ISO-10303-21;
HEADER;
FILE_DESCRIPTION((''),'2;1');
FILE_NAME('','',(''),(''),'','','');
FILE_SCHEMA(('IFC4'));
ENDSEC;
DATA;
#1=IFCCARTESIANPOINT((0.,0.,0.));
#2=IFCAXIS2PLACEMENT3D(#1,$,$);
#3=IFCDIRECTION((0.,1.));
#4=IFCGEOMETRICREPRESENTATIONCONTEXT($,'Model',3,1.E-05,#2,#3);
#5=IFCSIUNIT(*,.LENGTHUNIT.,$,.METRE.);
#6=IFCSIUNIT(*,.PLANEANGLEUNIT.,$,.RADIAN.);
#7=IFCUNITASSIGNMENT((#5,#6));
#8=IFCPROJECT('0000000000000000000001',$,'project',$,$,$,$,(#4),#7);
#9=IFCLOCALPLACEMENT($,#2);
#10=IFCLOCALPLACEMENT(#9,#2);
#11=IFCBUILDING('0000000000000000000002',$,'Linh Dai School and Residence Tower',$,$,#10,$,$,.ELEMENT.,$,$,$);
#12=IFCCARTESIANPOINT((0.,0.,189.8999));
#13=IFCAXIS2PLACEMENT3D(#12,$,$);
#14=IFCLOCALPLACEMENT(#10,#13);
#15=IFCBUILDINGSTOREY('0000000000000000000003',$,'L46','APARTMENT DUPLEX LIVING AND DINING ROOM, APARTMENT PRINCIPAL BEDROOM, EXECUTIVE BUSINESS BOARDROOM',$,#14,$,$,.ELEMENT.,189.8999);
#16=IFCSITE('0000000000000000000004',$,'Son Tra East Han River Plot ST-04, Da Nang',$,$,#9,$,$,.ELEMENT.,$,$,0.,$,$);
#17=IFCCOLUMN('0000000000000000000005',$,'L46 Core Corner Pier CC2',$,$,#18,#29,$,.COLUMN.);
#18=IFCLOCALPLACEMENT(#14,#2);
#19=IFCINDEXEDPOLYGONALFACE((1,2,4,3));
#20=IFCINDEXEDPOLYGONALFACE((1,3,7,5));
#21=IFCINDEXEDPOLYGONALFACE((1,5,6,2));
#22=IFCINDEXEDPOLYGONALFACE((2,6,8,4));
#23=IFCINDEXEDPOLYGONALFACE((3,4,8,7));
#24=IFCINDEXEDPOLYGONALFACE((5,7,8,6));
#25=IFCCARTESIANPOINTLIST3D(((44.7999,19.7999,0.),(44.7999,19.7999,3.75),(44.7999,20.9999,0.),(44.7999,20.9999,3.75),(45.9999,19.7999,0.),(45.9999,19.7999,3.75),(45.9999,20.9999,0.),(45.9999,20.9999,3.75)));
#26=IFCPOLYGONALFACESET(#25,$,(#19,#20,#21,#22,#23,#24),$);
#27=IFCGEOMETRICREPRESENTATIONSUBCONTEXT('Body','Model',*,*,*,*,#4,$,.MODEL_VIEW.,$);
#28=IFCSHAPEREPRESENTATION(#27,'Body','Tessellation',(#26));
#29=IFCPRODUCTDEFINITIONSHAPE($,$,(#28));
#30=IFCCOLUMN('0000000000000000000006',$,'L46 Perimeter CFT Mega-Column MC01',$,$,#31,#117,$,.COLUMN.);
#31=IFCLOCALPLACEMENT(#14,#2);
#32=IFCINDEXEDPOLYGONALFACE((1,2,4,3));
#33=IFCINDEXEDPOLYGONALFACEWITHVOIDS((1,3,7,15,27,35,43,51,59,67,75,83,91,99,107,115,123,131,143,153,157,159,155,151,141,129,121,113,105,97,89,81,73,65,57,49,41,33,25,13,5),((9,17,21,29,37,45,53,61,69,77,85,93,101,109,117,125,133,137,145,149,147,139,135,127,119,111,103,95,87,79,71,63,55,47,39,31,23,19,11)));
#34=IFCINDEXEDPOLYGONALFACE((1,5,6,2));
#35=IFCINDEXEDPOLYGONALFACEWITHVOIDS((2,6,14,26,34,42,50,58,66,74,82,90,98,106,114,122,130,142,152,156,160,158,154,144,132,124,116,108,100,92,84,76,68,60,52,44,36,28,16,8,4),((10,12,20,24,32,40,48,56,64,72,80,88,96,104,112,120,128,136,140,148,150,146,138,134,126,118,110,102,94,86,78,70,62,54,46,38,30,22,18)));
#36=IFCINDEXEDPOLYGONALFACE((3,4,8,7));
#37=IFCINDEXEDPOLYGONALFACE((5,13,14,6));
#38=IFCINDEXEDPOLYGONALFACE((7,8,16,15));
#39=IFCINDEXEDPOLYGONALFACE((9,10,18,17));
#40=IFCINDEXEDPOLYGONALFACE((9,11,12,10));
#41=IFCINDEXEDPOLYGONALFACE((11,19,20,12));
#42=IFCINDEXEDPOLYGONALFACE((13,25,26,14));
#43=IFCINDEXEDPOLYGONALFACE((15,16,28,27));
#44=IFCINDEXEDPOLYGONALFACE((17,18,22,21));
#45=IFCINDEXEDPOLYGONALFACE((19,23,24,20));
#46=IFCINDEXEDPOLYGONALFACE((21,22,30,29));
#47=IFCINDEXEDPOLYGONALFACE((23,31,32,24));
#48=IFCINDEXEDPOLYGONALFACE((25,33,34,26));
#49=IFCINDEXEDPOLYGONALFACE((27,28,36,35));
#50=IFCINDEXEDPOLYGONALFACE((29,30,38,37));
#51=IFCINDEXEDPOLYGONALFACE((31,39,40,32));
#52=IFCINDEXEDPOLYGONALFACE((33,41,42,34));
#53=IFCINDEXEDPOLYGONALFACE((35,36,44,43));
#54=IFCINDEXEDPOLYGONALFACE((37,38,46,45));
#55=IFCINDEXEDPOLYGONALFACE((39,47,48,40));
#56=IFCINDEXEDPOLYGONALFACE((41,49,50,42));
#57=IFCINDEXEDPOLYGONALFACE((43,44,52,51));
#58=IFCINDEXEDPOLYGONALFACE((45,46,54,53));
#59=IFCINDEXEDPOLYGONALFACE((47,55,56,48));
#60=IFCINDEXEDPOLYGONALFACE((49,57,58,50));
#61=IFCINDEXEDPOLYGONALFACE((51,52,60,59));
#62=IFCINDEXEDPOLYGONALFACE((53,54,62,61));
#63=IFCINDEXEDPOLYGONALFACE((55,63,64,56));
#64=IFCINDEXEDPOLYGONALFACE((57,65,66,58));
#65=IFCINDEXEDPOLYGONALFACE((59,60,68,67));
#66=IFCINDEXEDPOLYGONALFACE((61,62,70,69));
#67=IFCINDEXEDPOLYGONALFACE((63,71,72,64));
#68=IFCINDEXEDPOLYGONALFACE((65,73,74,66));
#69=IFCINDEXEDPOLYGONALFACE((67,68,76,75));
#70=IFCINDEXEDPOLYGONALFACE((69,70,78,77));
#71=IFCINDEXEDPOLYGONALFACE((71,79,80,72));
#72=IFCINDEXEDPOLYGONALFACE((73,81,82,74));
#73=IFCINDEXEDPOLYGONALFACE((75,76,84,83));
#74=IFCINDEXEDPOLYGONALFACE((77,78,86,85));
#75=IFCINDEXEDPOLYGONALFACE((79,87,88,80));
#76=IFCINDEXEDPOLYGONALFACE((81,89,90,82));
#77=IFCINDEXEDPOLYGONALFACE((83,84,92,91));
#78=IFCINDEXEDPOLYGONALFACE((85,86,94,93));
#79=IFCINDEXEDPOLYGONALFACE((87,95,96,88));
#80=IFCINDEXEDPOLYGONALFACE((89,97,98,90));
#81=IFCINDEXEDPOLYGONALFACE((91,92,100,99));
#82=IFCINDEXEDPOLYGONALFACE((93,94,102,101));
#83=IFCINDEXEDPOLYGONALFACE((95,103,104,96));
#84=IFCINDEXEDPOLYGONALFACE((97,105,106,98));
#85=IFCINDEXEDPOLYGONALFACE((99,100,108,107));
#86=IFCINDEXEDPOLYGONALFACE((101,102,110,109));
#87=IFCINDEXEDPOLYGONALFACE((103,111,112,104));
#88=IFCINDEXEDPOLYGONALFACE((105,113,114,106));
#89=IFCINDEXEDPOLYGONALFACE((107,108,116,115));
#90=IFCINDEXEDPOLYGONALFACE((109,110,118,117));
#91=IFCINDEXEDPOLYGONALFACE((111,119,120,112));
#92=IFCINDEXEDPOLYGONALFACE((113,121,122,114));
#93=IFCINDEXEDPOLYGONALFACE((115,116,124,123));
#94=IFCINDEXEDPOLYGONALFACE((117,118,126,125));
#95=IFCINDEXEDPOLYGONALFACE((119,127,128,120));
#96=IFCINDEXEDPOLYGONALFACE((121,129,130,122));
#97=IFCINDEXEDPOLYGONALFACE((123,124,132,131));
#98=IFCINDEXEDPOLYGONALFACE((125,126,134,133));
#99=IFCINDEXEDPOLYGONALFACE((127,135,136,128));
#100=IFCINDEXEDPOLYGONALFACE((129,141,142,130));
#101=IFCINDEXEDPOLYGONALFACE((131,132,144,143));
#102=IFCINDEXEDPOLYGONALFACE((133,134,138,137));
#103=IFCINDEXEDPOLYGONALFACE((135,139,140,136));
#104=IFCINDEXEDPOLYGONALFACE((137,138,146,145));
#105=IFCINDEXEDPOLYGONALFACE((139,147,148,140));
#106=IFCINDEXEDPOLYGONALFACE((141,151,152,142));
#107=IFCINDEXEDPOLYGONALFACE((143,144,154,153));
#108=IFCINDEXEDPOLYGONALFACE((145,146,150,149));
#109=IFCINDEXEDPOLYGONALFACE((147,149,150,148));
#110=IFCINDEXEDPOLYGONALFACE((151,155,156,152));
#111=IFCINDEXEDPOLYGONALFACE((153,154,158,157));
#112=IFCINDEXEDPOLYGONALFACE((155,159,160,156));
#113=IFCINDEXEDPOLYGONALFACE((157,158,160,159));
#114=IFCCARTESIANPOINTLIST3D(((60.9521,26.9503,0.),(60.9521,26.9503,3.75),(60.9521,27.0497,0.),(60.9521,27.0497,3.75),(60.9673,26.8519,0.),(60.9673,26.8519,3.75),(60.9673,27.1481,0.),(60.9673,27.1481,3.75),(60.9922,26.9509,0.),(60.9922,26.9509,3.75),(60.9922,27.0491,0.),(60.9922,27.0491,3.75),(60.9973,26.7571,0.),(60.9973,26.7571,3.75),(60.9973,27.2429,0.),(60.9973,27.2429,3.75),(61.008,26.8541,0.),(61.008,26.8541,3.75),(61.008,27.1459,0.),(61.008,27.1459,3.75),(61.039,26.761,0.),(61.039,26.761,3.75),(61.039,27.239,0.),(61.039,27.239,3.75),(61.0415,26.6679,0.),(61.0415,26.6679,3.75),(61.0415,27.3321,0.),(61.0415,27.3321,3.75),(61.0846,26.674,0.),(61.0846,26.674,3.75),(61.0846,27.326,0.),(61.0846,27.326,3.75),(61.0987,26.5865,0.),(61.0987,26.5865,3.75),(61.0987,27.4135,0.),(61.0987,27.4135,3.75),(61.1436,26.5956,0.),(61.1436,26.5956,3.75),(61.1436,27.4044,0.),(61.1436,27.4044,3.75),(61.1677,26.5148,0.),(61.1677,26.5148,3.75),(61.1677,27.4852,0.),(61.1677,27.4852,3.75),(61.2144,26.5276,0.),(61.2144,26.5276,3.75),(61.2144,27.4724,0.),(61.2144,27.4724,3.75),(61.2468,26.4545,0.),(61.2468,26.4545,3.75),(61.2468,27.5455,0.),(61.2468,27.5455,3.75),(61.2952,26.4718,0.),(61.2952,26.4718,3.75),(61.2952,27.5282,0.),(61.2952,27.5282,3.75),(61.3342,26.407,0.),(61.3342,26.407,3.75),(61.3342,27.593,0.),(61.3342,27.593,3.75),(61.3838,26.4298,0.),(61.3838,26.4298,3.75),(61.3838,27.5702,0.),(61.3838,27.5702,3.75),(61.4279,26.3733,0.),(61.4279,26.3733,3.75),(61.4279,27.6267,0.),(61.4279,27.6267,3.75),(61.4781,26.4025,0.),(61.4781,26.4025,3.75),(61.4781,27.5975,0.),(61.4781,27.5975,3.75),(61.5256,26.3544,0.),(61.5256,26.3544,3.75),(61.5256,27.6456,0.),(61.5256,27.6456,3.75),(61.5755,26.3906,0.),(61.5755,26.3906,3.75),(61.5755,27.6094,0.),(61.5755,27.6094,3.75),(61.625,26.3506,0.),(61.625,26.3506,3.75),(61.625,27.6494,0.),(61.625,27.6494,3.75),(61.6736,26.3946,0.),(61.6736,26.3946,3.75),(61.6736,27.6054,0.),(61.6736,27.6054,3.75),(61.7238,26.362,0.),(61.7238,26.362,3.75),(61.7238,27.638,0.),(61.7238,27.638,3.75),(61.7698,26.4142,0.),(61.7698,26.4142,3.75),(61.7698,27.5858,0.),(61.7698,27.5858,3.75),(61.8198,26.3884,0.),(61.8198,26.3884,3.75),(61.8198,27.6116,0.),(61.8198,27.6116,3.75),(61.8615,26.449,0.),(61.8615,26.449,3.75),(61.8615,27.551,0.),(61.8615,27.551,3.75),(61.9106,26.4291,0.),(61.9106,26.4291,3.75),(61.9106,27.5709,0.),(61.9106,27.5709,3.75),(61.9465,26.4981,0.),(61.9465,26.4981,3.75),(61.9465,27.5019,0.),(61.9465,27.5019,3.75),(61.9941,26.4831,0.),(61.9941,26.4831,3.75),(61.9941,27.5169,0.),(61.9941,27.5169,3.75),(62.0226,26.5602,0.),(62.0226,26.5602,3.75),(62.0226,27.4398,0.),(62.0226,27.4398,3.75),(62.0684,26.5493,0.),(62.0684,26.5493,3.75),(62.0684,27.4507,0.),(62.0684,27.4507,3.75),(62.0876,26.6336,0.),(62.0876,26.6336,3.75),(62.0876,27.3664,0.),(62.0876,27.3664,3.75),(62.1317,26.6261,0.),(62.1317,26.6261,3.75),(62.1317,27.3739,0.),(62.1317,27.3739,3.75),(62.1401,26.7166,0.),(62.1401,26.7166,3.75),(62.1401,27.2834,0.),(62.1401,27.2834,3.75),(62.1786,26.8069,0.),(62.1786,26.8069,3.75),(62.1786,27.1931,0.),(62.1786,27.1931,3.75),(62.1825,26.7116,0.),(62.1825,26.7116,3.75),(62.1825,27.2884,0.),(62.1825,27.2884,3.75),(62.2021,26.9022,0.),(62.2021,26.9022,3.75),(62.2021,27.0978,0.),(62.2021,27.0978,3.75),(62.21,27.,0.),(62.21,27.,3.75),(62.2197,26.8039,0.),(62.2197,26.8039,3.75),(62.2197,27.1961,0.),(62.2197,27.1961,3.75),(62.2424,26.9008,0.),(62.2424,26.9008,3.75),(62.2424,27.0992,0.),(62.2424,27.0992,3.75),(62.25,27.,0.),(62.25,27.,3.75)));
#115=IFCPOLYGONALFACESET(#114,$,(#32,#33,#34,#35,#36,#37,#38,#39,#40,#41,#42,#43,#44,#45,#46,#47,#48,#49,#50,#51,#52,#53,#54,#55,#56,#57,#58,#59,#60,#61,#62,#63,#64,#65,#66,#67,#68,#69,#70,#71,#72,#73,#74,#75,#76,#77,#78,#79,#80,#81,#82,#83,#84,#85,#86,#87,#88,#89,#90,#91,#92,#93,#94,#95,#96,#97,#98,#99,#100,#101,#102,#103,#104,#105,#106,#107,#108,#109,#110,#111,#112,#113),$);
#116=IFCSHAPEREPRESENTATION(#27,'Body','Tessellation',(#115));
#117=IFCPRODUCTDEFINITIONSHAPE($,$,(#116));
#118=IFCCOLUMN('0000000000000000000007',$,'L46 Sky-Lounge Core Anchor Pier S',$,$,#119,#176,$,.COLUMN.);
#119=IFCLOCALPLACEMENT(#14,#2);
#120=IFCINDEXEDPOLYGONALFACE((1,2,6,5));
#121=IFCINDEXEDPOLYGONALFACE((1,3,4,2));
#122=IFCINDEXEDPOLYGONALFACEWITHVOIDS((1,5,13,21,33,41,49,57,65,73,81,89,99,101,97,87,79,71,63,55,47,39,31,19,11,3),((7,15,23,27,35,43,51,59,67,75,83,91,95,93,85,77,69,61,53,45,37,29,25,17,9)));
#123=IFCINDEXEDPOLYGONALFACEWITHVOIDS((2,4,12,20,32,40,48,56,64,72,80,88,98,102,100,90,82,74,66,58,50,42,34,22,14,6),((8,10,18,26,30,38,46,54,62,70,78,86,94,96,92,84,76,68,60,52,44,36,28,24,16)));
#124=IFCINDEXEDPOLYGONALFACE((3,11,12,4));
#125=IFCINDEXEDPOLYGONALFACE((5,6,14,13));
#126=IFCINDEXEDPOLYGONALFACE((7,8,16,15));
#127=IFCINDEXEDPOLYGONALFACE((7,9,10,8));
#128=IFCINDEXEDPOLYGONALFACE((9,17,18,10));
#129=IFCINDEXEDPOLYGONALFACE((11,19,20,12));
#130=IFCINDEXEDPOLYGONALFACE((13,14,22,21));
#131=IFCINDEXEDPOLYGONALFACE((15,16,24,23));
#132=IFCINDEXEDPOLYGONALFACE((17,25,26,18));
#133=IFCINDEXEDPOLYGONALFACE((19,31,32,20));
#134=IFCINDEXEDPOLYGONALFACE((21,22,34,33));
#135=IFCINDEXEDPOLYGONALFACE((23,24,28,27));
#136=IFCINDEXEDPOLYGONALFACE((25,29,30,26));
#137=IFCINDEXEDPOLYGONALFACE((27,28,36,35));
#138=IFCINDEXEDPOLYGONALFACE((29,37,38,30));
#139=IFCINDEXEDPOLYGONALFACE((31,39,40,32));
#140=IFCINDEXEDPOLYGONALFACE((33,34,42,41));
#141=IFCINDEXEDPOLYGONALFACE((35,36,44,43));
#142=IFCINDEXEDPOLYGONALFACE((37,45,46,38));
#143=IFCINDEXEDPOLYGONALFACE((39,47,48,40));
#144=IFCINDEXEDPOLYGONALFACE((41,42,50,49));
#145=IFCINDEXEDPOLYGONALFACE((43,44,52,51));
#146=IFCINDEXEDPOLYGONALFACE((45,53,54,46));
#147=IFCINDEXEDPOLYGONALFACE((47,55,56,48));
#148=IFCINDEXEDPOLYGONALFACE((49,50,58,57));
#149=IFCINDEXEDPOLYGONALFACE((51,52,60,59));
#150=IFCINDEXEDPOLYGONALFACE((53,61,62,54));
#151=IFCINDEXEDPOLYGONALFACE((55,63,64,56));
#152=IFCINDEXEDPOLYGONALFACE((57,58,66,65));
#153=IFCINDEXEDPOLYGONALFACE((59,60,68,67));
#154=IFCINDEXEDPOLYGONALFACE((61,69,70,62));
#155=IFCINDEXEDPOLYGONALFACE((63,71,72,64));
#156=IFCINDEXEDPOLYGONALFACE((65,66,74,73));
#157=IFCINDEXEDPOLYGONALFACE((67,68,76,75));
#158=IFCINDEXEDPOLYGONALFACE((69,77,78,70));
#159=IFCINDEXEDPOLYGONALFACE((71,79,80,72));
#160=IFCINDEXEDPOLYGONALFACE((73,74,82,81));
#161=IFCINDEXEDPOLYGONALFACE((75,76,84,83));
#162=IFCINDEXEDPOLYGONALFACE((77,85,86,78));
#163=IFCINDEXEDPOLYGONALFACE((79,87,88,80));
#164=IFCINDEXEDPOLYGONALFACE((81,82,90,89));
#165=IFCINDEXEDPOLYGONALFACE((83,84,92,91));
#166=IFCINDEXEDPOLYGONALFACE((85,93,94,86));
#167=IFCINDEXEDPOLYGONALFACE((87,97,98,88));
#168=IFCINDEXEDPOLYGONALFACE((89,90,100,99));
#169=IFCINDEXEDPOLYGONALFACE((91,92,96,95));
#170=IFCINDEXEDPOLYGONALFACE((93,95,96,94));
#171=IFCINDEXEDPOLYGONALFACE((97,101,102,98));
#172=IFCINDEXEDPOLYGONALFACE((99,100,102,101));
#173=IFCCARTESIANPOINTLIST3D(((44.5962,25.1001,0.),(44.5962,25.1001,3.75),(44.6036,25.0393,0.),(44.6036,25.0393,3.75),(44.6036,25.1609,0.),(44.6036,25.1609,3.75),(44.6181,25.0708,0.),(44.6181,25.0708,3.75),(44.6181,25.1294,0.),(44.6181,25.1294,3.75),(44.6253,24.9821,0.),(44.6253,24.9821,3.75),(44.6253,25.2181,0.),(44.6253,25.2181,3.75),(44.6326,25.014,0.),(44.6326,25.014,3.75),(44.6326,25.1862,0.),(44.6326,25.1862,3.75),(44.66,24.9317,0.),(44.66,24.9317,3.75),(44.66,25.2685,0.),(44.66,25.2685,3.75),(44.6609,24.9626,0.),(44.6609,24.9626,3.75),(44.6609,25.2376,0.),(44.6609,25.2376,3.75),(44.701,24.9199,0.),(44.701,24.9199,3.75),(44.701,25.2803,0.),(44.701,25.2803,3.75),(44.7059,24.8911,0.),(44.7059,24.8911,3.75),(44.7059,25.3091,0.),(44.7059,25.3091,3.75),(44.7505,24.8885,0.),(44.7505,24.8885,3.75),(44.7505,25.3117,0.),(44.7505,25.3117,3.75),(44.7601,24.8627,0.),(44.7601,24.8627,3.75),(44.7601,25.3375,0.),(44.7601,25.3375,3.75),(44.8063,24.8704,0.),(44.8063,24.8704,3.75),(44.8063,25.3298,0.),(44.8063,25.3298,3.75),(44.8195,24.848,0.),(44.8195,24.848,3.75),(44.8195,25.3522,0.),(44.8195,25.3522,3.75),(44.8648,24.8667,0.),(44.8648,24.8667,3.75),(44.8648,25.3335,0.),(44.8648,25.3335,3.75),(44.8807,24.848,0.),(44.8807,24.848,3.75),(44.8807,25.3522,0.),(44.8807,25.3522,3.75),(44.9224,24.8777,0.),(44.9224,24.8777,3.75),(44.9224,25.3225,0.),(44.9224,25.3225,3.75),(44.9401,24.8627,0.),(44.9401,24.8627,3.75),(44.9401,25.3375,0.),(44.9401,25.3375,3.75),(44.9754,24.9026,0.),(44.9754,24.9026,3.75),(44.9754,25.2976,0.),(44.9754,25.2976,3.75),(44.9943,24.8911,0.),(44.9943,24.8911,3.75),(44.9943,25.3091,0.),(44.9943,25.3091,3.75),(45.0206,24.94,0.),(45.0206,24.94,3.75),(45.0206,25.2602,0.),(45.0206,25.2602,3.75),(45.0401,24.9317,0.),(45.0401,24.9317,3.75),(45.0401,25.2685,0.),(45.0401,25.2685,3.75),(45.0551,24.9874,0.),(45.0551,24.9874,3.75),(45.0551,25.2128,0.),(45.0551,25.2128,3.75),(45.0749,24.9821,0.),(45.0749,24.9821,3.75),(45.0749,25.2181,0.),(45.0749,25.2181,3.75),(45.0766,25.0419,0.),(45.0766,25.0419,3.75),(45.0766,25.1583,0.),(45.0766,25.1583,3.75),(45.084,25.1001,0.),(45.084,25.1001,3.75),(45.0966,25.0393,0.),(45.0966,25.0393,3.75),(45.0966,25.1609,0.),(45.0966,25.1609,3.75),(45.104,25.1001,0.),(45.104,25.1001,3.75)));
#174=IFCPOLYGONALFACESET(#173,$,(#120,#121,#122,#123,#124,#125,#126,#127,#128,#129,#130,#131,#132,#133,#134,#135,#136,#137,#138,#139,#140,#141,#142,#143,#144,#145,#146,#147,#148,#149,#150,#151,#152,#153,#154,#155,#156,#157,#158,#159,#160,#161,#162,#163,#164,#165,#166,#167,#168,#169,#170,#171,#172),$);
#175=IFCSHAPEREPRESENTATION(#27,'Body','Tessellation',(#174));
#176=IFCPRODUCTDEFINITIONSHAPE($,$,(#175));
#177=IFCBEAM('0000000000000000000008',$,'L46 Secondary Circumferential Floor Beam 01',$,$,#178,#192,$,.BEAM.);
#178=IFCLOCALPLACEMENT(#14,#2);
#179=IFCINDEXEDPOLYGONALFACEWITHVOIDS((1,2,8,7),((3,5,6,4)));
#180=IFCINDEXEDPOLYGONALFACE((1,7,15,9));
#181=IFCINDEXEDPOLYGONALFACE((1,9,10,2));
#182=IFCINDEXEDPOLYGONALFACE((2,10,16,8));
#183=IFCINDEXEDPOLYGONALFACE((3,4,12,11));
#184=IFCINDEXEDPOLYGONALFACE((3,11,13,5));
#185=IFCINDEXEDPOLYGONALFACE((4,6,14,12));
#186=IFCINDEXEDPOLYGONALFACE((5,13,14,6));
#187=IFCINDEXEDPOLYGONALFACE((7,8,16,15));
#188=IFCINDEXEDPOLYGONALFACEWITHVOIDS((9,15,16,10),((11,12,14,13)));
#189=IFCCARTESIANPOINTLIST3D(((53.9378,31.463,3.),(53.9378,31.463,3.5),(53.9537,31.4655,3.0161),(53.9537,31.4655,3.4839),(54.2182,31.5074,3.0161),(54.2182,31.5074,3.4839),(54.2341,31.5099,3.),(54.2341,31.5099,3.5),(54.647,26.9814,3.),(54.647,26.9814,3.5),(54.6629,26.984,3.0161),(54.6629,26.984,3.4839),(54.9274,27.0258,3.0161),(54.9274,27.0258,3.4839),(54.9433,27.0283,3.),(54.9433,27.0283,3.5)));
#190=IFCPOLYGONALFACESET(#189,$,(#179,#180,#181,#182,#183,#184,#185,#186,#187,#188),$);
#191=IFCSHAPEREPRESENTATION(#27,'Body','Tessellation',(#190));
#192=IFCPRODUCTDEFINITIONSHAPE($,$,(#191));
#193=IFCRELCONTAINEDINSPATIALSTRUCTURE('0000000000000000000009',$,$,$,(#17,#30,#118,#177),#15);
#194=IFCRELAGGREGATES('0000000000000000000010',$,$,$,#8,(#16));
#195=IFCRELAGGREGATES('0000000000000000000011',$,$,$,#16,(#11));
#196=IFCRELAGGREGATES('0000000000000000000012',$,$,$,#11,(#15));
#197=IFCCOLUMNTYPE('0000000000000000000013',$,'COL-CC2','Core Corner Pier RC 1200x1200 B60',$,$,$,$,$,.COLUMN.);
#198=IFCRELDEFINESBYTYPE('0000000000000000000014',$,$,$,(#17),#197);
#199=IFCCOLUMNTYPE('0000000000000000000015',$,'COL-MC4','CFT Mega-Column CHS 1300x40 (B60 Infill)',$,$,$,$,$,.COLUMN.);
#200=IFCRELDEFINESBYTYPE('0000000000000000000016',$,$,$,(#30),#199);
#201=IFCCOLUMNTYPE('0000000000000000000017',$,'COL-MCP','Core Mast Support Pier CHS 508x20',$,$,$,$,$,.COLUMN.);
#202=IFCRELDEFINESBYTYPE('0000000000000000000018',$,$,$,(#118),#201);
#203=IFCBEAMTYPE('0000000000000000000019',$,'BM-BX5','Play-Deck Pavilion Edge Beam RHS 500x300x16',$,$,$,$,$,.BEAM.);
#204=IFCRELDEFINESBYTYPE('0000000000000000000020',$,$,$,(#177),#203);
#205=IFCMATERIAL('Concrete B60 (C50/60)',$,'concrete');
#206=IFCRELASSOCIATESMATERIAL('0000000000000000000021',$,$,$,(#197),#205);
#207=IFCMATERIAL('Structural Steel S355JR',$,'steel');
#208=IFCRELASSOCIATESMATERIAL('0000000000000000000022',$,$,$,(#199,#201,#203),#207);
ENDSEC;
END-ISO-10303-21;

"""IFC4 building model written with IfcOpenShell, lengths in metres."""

from ifc_helpers import new_model, si_unit, direction, frame, origin, origin_2d, place, context, subcontext, project, spatial, rectangle, hollow_rectangle, hollow_circle, extrude, material, material_profile, profile_set, type_object, element, save


model = new_model("IFC4")

# Units and contexts
model_context = context("Model", 3, precision=1e-05, world=origin(), true_north=direction((0.0, 1.0)))
body_context = subcontext(model_context, "Body", "Model", "MODEL_VIEW")
ifc_project = project(units=[si_unit("LENGTHUNIT", "METRE"), si_unit("PLANEANGLEUNIT", "RADIAN")], contexts=[model_context])

# Site, building, storey
site_placement = place(None, origin())
site = spatial("IfcSite", under=ifc_project, at=site_placement, Name="Son Tra East Han River Plot ST-04, Da Nang", CompositionType="ELEMENT", RefElevation=0.0)
building_placement = place(site_placement, origin())
building = spatial("IfcBuilding", under=site, at=building_placement, Name="Linh Dai School and Residence Tower", CompositionType="ELEMENT")
storey_placement = place(building_placement, frame((0.0, 0.0, 189.8999)))
storey = spatial("IfcBuildingStorey", under=building, at=storey_placement, Name="L46", Description="APARTMENT DUPLEX LIVING AND DINING ROOM, APARTMENT PRINCIPAL BEDROOM, EXECUTIVE BUSINESS BOARDROOM", CompositionType="ELEMENT", Elevation=189.8999)

# Columns
ifc_material_1 = material(Name="Concrete B60 (C50/60)", Category="concrete")
ifc_material_profile_1 = material_profile(ifc_material_1, rectangle(XDim=1.2, YDim=1.2, at=origin_2d()), Name="RC 1200x1200")
ifc_profile_set_1 = profile_set([ifc_material_profile_1], Name="Concrete B60 (C50/60)")
column_type_1 = type_object("IfcColumnType", Name="COL-CC2", Description="Core Corner Pier RC 1200x1200 B60", PredefinedType="COLUMN", material=ifc_profile_set_1)
column_1_placement = place(storey_placement, frame((45.3999, 20.3999, 0.0), z_axis=(0.0, 0.0, 1.0), x_axis=(1.0, 0.0, 0.0)))
element("IfcColumn", 1, at=column_1_placement, inside=storey, type_object=column_type_1, Name="L46 Core Corner Pier CC2", PredefinedType="COLUMN", context=body_context, shape_type="SweptSolid", body=[
    extrude(rectangle(XDim=1.2, YDim=1.2, at=origin_2d()), origin(), (0.0, 0.0, 1.0), 3.75),
])
ifc_material_2 = material(Name="Structural Steel S355JR", Category="steel")
ifc_material_profile_2 = material_profile(ifc_material_2, hollow_circle(Radius=0.6499, WallThickness=0.04, at=origin_2d()), Name="CHS 1300x40")
ifc_profile_set_2 = profile_set([ifc_material_profile_2], Name="Structural Steel S355JR")
column_type_2 = type_object("IfcColumnType", Name="COL-MC4", Description="CFT Mega-Column CHS 1300x40 (B60 Infill)", PredefinedType="COLUMN", material=ifc_profile_set_2)
column_2_placement = place(storey_placement, frame((61.6001, 27.0, 0.0), z_axis=(0.0, 0.0, 1.0), x_axis=(1.0, 0.0, 0.0)))
element("IfcColumn", 2, at=column_2_placement, inside=storey, type_object=column_type_2, Name="L46 Perimeter CFT Mega-Column MC01", PredefinedType="COLUMN", context=body_context, shape_type="SweptSolid", body=[
    extrude(hollow_circle(Radius=0.6499, WallThickness=0.04, at=origin_2d()), origin(), (0.0, 0.0, 1.0), 3.75),
])
ifc_material_profile_3 = material_profile(ifc_material_2, hollow_circle(Radius=0.2539, WallThickness=0.02, at=origin_2d()), Name="CHS 508x20")
ifc_profile_set_3 = profile_set([ifc_material_profile_3], Name="Structural Steel S355JR")
column_type_3 = type_object("IfcColumnType", Name="COL-MCP", Description="Core Mast Support Pier CHS 508x20", PredefinedType="COLUMN", material=ifc_profile_set_3)
column_3_placement = place(storey_placement, frame((44.8501, 25.1001, 0.0), z_axis=(0.0, 0.0, 1.0), x_axis=(1.0, 0.0, 0.0)))
element("IfcColumn", 3, at=column_3_placement, inside=storey, type_object=column_type_3, Name="L46 Sky-Lounge Core Anchor Pier S", PredefinedType="COLUMN", context=body_context, shape_type="SweptSolid", body=[
    extrude(hollow_circle(Radius=0.2539, WallThickness=0.02, at=origin_2d()), origin(), (0.0, 0.0, 1.0), 3.75),
])

# Beam
ifc_material_profile_4 = material_profile(ifc_material_2, hollow_rectangle(XDim=0.3, YDim=0.5, WallThickness=0.0161, at=origin_2d()), Name="RHS 500x300x16")
ifc_profile_set_4 = profile_set([ifc_material_profile_4], Name="Structural Steel S355JR")
beam_type_1 = type_object("IfcBeamType", Name="BM-BX5", Description="Play-Deck Pavilion Edge Beam RHS 500x300x16", PredefinedType="BEAM", material=ifc_profile_set_4)
beam_1_placement = place(storey_placement, frame((54.7952, 27.0049, 3.25), z_axis=(-0.156305, 0.987709, 0.0), x_axis=(-0.987709, -0.156305, 0.0)))
element("IfcBeam", 4, at=beam_1_placement, inside=storey, type_object=beam_type_1, Name="L46 Secondary Circumferential Floor Beam 01", PredefinedType="BEAM", context=body_context, shape_type="SweptSolid", body=[
    extrude(hollow_rectangle(XDim=0.3, YDim=0.5, WallThickness=0.0161, at=origin_2d()), origin(), (0.0, 0.0, 1.0), 4.5374),
])

save(model, "model.ifc")
